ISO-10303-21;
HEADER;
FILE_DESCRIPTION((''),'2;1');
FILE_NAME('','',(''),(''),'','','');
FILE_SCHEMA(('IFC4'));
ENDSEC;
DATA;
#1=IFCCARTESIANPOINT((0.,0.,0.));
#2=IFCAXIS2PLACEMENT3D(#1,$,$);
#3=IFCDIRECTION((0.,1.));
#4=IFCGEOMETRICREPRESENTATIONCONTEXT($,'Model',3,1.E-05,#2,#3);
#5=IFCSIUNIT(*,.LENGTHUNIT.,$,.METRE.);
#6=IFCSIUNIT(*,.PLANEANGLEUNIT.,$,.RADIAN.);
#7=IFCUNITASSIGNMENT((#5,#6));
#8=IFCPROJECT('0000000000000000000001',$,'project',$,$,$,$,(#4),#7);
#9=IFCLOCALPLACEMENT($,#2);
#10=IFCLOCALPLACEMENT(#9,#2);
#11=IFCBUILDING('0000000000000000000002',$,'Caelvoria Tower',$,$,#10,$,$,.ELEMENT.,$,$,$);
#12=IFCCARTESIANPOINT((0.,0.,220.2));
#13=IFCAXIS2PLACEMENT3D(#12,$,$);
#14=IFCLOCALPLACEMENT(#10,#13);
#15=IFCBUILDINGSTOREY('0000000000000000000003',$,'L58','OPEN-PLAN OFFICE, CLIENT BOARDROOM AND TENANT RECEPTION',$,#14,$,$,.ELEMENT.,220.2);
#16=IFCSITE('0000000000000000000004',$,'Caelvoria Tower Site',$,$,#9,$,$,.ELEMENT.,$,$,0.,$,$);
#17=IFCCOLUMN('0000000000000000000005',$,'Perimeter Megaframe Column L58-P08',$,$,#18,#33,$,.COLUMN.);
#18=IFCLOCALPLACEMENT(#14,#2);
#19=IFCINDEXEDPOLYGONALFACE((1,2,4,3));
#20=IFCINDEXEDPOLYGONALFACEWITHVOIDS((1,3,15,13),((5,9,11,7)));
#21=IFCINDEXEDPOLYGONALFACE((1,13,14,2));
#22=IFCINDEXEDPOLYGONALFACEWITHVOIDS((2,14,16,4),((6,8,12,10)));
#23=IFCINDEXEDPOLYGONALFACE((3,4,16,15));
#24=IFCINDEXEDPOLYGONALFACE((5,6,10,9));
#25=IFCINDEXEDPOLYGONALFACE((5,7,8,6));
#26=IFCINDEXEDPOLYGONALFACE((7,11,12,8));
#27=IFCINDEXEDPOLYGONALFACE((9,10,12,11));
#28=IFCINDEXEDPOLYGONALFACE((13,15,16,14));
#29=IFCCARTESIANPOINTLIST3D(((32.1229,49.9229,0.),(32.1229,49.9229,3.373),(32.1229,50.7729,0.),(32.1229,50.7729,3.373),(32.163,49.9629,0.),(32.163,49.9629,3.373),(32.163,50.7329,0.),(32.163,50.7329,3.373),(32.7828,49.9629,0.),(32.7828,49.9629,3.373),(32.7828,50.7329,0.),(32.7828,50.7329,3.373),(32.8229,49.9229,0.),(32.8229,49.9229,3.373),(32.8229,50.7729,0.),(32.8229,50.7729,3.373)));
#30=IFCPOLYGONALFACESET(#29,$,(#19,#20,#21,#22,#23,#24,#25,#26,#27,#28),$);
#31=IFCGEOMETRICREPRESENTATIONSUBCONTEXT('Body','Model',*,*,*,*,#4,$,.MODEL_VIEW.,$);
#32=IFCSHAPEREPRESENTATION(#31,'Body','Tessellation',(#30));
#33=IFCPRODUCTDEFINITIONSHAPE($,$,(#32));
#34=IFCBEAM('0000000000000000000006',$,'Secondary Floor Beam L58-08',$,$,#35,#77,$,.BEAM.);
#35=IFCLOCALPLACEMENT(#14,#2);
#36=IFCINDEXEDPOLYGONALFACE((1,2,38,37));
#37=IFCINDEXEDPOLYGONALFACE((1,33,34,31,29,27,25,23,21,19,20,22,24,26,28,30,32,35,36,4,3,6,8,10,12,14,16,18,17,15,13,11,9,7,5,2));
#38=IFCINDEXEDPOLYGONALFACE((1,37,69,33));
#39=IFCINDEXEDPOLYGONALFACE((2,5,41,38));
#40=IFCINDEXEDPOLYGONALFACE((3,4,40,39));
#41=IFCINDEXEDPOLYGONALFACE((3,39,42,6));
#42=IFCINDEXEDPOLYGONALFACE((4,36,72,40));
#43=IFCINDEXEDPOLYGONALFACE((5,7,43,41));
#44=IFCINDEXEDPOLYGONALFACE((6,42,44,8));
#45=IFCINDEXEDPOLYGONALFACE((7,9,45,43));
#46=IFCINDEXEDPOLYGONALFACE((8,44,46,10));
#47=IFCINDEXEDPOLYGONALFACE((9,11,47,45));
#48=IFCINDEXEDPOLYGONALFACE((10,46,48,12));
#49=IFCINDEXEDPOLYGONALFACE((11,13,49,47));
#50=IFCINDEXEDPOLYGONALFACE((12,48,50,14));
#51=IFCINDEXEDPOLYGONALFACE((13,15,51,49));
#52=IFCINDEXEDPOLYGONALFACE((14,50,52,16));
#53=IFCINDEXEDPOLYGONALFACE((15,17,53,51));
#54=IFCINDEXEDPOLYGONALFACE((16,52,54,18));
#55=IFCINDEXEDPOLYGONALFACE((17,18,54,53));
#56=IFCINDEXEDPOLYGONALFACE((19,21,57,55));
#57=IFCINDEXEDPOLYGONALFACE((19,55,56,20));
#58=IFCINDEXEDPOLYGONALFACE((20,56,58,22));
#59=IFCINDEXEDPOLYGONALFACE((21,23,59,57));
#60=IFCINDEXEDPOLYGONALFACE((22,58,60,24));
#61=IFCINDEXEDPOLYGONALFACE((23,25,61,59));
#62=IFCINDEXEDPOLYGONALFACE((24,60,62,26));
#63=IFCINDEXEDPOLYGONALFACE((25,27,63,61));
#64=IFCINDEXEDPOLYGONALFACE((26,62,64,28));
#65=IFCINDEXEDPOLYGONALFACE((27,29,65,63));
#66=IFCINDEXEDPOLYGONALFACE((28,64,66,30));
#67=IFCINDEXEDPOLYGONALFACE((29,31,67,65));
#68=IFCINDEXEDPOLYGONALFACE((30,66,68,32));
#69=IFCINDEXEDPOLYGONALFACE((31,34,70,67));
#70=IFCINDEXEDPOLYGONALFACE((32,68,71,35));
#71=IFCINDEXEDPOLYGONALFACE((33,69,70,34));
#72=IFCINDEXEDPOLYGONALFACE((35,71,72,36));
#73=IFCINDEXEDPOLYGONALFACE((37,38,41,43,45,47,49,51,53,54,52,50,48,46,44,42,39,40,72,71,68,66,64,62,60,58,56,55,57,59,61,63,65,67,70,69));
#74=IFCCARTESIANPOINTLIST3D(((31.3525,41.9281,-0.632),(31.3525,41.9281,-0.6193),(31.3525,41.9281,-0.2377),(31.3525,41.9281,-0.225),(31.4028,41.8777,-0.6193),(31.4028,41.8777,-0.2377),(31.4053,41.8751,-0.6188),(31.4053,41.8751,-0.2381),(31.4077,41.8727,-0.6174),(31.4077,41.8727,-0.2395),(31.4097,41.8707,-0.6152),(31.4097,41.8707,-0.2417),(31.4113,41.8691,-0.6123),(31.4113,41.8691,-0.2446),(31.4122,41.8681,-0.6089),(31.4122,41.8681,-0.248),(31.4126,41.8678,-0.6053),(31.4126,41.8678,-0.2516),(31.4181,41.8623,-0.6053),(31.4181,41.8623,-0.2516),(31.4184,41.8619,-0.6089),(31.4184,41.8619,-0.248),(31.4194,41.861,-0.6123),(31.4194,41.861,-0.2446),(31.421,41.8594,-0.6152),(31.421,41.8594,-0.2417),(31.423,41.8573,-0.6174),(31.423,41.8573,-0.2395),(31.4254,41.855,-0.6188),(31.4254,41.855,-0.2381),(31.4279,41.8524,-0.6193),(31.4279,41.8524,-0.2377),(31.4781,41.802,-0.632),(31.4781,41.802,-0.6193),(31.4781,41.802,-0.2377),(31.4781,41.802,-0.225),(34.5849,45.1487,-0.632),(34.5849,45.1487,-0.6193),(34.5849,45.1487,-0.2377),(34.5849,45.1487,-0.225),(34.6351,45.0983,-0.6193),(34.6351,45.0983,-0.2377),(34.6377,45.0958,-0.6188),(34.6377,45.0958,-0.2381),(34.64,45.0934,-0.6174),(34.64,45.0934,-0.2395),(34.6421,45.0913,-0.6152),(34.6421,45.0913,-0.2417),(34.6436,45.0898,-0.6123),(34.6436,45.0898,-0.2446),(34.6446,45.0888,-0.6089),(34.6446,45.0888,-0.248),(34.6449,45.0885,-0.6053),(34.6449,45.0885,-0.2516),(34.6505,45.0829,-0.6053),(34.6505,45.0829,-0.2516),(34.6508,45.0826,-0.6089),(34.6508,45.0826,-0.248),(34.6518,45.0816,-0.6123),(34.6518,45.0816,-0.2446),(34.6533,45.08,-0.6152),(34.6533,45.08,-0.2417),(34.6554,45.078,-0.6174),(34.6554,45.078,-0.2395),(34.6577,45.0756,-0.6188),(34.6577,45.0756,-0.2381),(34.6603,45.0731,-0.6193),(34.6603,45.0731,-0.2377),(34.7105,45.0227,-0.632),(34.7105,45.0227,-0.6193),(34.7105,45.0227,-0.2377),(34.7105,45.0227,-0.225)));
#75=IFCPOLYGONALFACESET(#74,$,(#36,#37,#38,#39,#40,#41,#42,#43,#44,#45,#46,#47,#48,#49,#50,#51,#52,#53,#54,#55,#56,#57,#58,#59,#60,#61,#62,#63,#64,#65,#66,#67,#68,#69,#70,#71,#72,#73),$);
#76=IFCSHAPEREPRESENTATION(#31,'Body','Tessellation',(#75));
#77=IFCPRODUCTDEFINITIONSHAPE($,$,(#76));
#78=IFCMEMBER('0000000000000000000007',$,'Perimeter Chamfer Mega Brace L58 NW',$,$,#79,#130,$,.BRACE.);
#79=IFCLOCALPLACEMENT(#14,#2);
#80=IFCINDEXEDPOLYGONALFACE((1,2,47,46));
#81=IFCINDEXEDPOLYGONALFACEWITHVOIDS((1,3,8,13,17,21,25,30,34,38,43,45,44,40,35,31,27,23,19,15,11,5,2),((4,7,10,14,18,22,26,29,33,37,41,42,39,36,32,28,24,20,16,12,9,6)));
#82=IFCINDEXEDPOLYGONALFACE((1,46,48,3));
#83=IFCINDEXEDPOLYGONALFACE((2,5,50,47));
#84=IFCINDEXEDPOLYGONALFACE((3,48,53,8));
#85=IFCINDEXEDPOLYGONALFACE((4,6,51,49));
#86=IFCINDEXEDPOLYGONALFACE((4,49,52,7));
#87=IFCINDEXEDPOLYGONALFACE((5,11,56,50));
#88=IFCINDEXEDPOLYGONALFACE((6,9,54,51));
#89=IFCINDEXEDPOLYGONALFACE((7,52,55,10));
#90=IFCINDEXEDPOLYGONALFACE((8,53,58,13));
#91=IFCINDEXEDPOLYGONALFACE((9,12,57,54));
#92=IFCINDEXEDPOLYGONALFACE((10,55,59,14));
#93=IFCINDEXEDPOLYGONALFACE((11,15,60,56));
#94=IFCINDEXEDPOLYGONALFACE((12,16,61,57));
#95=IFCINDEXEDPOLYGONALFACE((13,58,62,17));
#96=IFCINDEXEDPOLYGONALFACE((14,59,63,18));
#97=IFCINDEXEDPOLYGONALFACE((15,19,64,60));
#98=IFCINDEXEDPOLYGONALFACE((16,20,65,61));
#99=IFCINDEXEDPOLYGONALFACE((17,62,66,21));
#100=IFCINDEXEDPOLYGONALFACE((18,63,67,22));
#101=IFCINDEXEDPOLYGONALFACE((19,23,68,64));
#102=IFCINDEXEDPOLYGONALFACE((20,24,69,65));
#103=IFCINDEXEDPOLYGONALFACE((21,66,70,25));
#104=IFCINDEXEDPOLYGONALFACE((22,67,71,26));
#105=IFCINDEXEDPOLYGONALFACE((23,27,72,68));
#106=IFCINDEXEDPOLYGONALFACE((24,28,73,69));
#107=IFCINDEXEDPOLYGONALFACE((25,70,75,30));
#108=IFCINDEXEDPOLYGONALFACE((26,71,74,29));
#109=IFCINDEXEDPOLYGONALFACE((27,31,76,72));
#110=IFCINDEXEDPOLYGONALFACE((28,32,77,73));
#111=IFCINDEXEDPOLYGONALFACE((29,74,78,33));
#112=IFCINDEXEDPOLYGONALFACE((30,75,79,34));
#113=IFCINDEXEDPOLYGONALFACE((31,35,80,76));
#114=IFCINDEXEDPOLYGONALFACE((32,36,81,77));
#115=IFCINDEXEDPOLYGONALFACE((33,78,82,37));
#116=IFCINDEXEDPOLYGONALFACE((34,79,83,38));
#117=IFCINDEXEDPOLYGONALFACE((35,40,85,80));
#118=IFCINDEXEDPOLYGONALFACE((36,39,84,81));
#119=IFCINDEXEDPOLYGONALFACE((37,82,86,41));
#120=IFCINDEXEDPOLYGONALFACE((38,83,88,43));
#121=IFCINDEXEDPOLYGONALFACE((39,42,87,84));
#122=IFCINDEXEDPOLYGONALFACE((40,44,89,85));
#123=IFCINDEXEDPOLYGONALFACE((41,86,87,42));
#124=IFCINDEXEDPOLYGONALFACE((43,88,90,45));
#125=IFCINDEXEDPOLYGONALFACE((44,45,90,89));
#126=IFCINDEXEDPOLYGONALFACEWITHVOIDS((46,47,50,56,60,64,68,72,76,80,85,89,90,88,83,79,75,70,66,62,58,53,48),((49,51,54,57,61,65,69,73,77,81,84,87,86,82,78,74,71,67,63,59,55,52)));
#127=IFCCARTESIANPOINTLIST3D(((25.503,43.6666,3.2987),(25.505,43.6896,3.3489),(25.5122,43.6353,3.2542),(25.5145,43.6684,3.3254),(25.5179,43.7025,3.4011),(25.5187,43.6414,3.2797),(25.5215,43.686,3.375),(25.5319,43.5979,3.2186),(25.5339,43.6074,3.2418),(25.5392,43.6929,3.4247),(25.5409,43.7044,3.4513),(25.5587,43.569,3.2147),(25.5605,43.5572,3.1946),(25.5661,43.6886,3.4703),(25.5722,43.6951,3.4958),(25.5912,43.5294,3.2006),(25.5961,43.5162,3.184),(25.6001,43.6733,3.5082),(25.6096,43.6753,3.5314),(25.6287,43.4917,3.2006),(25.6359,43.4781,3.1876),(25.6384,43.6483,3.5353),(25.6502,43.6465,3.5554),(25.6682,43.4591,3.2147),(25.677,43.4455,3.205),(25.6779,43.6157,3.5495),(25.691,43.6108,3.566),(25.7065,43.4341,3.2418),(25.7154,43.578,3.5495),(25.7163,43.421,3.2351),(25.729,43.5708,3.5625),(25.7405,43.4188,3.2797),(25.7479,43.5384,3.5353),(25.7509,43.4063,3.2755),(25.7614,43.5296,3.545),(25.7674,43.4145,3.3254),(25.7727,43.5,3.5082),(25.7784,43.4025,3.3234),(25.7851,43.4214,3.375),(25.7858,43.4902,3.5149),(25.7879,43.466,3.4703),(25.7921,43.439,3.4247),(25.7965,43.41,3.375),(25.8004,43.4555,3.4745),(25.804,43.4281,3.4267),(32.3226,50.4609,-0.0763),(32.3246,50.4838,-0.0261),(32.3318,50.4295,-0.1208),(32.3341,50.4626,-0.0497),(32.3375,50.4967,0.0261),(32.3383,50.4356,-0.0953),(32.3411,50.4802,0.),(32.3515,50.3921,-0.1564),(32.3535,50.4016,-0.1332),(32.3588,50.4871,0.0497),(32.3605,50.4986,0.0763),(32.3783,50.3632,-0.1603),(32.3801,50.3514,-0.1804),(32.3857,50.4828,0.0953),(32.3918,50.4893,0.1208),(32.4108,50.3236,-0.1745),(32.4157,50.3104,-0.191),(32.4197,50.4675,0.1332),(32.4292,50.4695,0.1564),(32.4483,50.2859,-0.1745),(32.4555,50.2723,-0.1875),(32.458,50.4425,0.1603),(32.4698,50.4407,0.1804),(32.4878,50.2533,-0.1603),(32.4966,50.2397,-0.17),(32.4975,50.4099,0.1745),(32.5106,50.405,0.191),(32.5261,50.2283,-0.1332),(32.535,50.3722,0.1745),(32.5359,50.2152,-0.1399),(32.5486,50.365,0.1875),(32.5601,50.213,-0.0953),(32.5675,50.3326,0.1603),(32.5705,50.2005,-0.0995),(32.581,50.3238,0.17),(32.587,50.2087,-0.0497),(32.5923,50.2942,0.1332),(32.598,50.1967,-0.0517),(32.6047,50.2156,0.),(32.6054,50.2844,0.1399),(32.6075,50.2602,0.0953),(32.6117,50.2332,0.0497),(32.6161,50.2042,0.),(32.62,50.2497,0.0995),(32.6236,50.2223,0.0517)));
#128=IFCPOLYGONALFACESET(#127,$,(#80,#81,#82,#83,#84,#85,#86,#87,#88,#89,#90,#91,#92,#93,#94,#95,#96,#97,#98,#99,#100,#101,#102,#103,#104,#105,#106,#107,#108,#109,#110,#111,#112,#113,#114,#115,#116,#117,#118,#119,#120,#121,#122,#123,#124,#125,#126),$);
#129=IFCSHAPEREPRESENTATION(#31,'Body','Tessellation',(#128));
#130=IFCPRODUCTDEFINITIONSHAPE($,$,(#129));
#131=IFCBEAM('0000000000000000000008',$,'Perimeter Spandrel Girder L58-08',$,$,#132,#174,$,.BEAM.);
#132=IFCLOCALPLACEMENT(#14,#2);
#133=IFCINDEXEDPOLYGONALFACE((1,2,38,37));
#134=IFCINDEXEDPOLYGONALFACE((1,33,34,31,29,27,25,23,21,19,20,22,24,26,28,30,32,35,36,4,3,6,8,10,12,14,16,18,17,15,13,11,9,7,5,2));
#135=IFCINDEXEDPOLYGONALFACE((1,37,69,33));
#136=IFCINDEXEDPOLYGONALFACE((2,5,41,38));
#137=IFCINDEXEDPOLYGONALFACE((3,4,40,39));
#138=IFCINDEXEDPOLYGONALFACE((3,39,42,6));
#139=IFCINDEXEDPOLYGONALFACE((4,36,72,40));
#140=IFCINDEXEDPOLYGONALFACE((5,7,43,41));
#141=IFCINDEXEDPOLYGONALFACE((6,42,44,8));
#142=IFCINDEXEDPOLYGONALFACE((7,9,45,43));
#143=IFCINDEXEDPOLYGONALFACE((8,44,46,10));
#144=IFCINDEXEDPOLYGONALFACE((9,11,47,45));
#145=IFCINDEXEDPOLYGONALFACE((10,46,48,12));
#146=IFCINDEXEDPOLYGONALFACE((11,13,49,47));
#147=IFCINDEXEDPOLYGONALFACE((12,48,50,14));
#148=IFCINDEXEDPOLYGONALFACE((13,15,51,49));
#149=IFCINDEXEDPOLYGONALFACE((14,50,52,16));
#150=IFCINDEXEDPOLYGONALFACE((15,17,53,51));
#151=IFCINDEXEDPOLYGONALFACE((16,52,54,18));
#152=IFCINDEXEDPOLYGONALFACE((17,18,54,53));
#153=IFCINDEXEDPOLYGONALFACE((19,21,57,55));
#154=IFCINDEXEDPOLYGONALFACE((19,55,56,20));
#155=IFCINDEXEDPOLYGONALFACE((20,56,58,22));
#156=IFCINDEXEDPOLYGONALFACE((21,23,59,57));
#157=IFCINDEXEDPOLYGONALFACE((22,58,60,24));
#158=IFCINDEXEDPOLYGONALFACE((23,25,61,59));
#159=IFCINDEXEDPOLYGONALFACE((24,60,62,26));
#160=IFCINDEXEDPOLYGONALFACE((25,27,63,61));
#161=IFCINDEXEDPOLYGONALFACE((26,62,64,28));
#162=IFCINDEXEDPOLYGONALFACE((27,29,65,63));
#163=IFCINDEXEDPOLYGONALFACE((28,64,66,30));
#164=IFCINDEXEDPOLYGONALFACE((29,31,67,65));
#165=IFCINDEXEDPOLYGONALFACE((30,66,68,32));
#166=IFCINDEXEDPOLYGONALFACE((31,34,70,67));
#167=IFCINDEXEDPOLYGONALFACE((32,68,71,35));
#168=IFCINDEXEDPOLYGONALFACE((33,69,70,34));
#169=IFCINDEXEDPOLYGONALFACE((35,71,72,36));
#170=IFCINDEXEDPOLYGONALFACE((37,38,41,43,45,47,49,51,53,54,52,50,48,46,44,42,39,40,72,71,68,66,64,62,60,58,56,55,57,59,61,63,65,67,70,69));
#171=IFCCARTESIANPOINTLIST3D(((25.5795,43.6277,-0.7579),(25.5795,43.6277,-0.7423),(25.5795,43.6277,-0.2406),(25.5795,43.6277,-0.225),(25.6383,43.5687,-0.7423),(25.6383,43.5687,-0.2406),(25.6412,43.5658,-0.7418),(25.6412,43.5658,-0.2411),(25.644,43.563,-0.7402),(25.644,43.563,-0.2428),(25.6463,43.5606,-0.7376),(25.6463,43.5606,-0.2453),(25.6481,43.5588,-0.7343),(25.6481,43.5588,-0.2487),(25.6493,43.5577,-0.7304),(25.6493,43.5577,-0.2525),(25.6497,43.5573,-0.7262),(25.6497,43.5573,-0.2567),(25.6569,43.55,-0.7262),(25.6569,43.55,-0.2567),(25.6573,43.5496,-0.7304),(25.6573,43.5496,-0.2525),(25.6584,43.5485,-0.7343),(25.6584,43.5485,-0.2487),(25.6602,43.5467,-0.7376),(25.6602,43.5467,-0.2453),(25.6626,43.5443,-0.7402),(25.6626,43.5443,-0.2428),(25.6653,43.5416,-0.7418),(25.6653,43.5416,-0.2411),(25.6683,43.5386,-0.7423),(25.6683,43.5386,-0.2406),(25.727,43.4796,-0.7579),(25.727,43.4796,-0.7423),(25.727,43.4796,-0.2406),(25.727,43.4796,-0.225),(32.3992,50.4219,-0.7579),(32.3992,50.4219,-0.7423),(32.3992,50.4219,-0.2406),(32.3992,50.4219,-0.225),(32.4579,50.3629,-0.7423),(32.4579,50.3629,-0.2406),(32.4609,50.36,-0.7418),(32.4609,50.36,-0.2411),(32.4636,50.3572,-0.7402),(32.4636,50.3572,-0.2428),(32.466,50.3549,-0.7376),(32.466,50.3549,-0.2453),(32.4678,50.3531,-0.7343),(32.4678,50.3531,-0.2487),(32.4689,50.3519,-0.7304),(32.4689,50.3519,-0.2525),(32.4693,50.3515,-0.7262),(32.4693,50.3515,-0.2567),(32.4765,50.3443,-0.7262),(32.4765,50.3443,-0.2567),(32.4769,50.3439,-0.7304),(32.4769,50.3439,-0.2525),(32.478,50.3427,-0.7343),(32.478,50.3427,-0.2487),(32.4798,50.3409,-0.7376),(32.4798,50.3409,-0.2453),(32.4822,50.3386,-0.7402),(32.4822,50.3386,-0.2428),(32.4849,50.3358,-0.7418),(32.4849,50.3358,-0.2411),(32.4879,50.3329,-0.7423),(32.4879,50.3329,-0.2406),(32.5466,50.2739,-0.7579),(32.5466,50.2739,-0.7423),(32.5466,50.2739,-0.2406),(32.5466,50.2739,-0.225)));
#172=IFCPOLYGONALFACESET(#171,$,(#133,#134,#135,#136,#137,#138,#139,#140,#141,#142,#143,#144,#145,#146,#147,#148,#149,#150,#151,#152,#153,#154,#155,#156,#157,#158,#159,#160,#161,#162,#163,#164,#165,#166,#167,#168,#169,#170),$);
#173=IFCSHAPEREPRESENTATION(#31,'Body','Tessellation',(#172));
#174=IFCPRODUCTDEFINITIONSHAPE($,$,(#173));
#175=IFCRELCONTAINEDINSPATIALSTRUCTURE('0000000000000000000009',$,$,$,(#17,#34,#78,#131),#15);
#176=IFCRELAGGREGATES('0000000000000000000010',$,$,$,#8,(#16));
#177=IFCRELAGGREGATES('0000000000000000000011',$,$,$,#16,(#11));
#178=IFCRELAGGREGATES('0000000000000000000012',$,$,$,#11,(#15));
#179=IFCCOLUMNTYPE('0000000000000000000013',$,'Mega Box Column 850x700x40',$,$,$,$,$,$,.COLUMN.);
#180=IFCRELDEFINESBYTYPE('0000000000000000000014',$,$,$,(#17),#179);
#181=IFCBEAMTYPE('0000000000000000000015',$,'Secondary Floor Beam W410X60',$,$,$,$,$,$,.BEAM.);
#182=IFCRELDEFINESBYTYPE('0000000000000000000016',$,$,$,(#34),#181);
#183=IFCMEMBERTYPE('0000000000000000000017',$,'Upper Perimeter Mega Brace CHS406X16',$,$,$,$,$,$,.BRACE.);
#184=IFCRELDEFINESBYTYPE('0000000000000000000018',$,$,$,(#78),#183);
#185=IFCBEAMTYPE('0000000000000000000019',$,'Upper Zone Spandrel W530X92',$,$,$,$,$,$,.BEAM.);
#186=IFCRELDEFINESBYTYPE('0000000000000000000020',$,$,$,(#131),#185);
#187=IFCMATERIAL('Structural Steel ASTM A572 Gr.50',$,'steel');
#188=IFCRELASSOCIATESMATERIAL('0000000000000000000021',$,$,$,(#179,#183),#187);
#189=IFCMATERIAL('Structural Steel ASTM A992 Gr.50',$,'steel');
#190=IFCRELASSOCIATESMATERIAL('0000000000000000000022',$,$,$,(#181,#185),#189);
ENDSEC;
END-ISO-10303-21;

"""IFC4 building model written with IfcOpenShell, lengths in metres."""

from ifc_helpers import new_model, si_unit, direction, frame, origin, origin_2d, place, context, subcontext, project, spatial, hollow_rectangle, hollow_circle, i_section, extrude, material, material_profile, profile_set, type_object, element, save


model = new_model("IFC4")

# Units and contexts
model_context = context("Model", 3, precision=1e-05, world=origin(), true_north=direction((0.0, 1.0)))
body_context = subcontext(model_context, "Body", "Model", "MODEL_VIEW")
ifc_project = project(units=[si_unit("LENGTHUNIT", "METRE"), si_unit("PLANEANGLEUNIT", "RADIAN")], contexts=[model_context])

# Site, building, storey
site_placement = place(None, origin())
site = spatial("IfcSite", under=ifc_project, at=site_placement, Name="Caelvoria Tower Site", CompositionType="ELEMENT", RefElevation=0.0)
building_placement = place(site_placement, origin())
building = spatial("IfcBuilding", under=site, at=building_placement, Name="Caelvoria Tower", CompositionType="ELEMENT")
storey_placement = place(building_placement, frame((0.0, 0.0, 220.2)))
storey = spatial("IfcBuildingStorey", under=building, at=storey_placement, Name="L58", Description="OPEN-PLAN OFFICE, CLIENT BOARDROOM AND TENANT RECEPTION", CompositionType="ELEMENT", Elevation=220.2)

# Column
ifc_material_1 = material(Name="Structural Steel ASTM A572 Gr.50", Category="steel")
ifc_material_profile_1 = material_profile(ifc_material_1, hollow_rectangle(XDim=0.7, YDim=0.8501, WallThickness=0.04, at=origin_2d()), Name="Structural Steel ASTM A572 Gr.50")
ifc_profile_set_1 = profile_set([ifc_material_profile_1], Name="BOX850X700X40 - Structural Steel ASTM A572 Gr.50")
column_type = type_object("IfcColumnType", Name="Mega Box Column 850x700x40", PredefinedType="COLUMN", material=ifc_profile_set_1)
column_placement = place(storey_placement, frame((32.4729, 50.3479, 0.0), z_axis=(0.0, 0.0, 1.0), x_axis=(1.0, 0.0, 0.0)))
element("IfcColumn", 1, at=column_placement, inside=storey, type_object=column_type, Name="Perimeter Megaframe Column L58-P08", PredefinedType="COLUMN", context=body_context, shape_type="SweptSolid", body=[
    extrude(hollow_rectangle(XDim=0.7, YDim=0.8501, WallThickness=0.04, at=origin_2d()), origin(), (0.0, 0.0, 1.0), 3.373),
])

# Beam
ifc_material_2 = material(Name="Structural Steel ASTM A992 Gr.50", Category="steel")
ifc_material_profile_2 = material_profile(ifc_material_2, i_section(OverallWidth=0.178, OverallDepth=0.407, WebThickness=0.0078, FlangeThickness=0.0127, FilletRadius=0.0139, at=origin_2d()), Name="Structural Steel ASTM A992 Gr.50")
ifc_profile_set_2 = profile_set([ifc_material_profile_2], Name="W410X60 - Structural Steel ASTM A992 Gr.50")
beam_type_1 = type_object("IfcBeamType", Name="Secondary Floor Beam W410X60", PredefinedType="BEAM", material=ifc_profile_set_2)
beam_1_placement = place(storey_placement, frame((34.6477, 45.0857, -0.4285), z_axis=(-0.70839, -0.705822, 0.0), x_axis=(0.705822, -0.70839, 0.0)))
element("IfcBeam", 2, at=beam_1_placement, inside=storey, type_object=beam_type_1, Name="Secondary Floor Beam L58-08", PredefinedType="BEAM", context=body_context, shape_type="SweptSolid", body=[
    extrude(i_section(OverallWidth=0.178, OverallDepth=0.407, WebThickness=0.0078, FlangeThickness=0.0127, FilletRadius=0.0139, at=origin_2d()), origin(), (0.0, 0.0, 1.0), 4.563),
])

# Member
ifc_material_profile_3 = material_profile(ifc_material_1, hollow_circle(Radius=0.2029, WallThickness=0.0161, at=origin_2d()), Name="Structural Steel ASTM A572 Gr.50")
ifc_profile_set_3 = profile_set([ifc_material_profile_3], Name="CHS406X16 - Structural Steel ASTM A572 Gr.50")
member_type = type_object("IfcMemberType", Name="Upper Perimeter Mega Brace CHS406X16", PredefinedType="BRACE", material=ifc_profile_set_3)
member_placement = place(storey_placement, frame((32.4729, 50.3479, 0.0), z_axis=(-0.668527, -0.666038, 0.330853), x_axis=(0.705787, -0.708424, 0.0)))
element("IfcMember", 3, at=member_placement, inside=storey, type_object=member_type, Name="Perimeter Chamfer Mega Brace L58 NW", PredefinedType="BRACE", context=body_context, shape_type="SweptSolid", body=[
    extrude(hollow_circle(Radius=0.2029, WallThickness=0.0161, at=origin_2d()), origin(), (0.0, 0.0, 1.0), 10.2009),
])

# Beam
ifc_material_profile_4 = material_profile(ifc_material_2, i_section(OverallWidth=0.209, OverallDepth=0.533, WebThickness=0.0103, FlangeThickness=0.0156, FilletRadius=0.0161, at=origin_2d()), Name="Structural Steel ASTM A992 Gr.50")
ifc_profile_set_4 = profile_set([ifc_material_profile_4], Name="W530X92 - Structural Steel ASTM A992 Gr.50")
beam_type_2 = type_object("IfcBeamType", Name="Upper Zone Spandrel W530X92", PredefinedType="BEAM", material=ifc_profile_set_4)
beam_2_placement = place(storey_placement, frame((32.4729, 50.3479, -0.4915), z_axis=(-0.708424, -0.705787, 0.0), x_axis=(0.705787, -0.708424, 0.0)))
element("IfcBeam", 4, at=beam_2_placement, inside=storey, type_object=beam_type_2, Name="Perimeter Spandrel Girder L58-08", PredefinedType="BEAM", context=body_context, shape_type="SweptSolid", body=[
    extrude(i_section(OverallWidth=0.209, OverallDepth=0.533, WebThickness=0.0103, FlangeThickness=0.0156, FilletRadius=0.0161, at=origin_2d()), origin(), (0.0, 0.0, 1.0), 9.6265),
])

save(model, "model.ifc")
